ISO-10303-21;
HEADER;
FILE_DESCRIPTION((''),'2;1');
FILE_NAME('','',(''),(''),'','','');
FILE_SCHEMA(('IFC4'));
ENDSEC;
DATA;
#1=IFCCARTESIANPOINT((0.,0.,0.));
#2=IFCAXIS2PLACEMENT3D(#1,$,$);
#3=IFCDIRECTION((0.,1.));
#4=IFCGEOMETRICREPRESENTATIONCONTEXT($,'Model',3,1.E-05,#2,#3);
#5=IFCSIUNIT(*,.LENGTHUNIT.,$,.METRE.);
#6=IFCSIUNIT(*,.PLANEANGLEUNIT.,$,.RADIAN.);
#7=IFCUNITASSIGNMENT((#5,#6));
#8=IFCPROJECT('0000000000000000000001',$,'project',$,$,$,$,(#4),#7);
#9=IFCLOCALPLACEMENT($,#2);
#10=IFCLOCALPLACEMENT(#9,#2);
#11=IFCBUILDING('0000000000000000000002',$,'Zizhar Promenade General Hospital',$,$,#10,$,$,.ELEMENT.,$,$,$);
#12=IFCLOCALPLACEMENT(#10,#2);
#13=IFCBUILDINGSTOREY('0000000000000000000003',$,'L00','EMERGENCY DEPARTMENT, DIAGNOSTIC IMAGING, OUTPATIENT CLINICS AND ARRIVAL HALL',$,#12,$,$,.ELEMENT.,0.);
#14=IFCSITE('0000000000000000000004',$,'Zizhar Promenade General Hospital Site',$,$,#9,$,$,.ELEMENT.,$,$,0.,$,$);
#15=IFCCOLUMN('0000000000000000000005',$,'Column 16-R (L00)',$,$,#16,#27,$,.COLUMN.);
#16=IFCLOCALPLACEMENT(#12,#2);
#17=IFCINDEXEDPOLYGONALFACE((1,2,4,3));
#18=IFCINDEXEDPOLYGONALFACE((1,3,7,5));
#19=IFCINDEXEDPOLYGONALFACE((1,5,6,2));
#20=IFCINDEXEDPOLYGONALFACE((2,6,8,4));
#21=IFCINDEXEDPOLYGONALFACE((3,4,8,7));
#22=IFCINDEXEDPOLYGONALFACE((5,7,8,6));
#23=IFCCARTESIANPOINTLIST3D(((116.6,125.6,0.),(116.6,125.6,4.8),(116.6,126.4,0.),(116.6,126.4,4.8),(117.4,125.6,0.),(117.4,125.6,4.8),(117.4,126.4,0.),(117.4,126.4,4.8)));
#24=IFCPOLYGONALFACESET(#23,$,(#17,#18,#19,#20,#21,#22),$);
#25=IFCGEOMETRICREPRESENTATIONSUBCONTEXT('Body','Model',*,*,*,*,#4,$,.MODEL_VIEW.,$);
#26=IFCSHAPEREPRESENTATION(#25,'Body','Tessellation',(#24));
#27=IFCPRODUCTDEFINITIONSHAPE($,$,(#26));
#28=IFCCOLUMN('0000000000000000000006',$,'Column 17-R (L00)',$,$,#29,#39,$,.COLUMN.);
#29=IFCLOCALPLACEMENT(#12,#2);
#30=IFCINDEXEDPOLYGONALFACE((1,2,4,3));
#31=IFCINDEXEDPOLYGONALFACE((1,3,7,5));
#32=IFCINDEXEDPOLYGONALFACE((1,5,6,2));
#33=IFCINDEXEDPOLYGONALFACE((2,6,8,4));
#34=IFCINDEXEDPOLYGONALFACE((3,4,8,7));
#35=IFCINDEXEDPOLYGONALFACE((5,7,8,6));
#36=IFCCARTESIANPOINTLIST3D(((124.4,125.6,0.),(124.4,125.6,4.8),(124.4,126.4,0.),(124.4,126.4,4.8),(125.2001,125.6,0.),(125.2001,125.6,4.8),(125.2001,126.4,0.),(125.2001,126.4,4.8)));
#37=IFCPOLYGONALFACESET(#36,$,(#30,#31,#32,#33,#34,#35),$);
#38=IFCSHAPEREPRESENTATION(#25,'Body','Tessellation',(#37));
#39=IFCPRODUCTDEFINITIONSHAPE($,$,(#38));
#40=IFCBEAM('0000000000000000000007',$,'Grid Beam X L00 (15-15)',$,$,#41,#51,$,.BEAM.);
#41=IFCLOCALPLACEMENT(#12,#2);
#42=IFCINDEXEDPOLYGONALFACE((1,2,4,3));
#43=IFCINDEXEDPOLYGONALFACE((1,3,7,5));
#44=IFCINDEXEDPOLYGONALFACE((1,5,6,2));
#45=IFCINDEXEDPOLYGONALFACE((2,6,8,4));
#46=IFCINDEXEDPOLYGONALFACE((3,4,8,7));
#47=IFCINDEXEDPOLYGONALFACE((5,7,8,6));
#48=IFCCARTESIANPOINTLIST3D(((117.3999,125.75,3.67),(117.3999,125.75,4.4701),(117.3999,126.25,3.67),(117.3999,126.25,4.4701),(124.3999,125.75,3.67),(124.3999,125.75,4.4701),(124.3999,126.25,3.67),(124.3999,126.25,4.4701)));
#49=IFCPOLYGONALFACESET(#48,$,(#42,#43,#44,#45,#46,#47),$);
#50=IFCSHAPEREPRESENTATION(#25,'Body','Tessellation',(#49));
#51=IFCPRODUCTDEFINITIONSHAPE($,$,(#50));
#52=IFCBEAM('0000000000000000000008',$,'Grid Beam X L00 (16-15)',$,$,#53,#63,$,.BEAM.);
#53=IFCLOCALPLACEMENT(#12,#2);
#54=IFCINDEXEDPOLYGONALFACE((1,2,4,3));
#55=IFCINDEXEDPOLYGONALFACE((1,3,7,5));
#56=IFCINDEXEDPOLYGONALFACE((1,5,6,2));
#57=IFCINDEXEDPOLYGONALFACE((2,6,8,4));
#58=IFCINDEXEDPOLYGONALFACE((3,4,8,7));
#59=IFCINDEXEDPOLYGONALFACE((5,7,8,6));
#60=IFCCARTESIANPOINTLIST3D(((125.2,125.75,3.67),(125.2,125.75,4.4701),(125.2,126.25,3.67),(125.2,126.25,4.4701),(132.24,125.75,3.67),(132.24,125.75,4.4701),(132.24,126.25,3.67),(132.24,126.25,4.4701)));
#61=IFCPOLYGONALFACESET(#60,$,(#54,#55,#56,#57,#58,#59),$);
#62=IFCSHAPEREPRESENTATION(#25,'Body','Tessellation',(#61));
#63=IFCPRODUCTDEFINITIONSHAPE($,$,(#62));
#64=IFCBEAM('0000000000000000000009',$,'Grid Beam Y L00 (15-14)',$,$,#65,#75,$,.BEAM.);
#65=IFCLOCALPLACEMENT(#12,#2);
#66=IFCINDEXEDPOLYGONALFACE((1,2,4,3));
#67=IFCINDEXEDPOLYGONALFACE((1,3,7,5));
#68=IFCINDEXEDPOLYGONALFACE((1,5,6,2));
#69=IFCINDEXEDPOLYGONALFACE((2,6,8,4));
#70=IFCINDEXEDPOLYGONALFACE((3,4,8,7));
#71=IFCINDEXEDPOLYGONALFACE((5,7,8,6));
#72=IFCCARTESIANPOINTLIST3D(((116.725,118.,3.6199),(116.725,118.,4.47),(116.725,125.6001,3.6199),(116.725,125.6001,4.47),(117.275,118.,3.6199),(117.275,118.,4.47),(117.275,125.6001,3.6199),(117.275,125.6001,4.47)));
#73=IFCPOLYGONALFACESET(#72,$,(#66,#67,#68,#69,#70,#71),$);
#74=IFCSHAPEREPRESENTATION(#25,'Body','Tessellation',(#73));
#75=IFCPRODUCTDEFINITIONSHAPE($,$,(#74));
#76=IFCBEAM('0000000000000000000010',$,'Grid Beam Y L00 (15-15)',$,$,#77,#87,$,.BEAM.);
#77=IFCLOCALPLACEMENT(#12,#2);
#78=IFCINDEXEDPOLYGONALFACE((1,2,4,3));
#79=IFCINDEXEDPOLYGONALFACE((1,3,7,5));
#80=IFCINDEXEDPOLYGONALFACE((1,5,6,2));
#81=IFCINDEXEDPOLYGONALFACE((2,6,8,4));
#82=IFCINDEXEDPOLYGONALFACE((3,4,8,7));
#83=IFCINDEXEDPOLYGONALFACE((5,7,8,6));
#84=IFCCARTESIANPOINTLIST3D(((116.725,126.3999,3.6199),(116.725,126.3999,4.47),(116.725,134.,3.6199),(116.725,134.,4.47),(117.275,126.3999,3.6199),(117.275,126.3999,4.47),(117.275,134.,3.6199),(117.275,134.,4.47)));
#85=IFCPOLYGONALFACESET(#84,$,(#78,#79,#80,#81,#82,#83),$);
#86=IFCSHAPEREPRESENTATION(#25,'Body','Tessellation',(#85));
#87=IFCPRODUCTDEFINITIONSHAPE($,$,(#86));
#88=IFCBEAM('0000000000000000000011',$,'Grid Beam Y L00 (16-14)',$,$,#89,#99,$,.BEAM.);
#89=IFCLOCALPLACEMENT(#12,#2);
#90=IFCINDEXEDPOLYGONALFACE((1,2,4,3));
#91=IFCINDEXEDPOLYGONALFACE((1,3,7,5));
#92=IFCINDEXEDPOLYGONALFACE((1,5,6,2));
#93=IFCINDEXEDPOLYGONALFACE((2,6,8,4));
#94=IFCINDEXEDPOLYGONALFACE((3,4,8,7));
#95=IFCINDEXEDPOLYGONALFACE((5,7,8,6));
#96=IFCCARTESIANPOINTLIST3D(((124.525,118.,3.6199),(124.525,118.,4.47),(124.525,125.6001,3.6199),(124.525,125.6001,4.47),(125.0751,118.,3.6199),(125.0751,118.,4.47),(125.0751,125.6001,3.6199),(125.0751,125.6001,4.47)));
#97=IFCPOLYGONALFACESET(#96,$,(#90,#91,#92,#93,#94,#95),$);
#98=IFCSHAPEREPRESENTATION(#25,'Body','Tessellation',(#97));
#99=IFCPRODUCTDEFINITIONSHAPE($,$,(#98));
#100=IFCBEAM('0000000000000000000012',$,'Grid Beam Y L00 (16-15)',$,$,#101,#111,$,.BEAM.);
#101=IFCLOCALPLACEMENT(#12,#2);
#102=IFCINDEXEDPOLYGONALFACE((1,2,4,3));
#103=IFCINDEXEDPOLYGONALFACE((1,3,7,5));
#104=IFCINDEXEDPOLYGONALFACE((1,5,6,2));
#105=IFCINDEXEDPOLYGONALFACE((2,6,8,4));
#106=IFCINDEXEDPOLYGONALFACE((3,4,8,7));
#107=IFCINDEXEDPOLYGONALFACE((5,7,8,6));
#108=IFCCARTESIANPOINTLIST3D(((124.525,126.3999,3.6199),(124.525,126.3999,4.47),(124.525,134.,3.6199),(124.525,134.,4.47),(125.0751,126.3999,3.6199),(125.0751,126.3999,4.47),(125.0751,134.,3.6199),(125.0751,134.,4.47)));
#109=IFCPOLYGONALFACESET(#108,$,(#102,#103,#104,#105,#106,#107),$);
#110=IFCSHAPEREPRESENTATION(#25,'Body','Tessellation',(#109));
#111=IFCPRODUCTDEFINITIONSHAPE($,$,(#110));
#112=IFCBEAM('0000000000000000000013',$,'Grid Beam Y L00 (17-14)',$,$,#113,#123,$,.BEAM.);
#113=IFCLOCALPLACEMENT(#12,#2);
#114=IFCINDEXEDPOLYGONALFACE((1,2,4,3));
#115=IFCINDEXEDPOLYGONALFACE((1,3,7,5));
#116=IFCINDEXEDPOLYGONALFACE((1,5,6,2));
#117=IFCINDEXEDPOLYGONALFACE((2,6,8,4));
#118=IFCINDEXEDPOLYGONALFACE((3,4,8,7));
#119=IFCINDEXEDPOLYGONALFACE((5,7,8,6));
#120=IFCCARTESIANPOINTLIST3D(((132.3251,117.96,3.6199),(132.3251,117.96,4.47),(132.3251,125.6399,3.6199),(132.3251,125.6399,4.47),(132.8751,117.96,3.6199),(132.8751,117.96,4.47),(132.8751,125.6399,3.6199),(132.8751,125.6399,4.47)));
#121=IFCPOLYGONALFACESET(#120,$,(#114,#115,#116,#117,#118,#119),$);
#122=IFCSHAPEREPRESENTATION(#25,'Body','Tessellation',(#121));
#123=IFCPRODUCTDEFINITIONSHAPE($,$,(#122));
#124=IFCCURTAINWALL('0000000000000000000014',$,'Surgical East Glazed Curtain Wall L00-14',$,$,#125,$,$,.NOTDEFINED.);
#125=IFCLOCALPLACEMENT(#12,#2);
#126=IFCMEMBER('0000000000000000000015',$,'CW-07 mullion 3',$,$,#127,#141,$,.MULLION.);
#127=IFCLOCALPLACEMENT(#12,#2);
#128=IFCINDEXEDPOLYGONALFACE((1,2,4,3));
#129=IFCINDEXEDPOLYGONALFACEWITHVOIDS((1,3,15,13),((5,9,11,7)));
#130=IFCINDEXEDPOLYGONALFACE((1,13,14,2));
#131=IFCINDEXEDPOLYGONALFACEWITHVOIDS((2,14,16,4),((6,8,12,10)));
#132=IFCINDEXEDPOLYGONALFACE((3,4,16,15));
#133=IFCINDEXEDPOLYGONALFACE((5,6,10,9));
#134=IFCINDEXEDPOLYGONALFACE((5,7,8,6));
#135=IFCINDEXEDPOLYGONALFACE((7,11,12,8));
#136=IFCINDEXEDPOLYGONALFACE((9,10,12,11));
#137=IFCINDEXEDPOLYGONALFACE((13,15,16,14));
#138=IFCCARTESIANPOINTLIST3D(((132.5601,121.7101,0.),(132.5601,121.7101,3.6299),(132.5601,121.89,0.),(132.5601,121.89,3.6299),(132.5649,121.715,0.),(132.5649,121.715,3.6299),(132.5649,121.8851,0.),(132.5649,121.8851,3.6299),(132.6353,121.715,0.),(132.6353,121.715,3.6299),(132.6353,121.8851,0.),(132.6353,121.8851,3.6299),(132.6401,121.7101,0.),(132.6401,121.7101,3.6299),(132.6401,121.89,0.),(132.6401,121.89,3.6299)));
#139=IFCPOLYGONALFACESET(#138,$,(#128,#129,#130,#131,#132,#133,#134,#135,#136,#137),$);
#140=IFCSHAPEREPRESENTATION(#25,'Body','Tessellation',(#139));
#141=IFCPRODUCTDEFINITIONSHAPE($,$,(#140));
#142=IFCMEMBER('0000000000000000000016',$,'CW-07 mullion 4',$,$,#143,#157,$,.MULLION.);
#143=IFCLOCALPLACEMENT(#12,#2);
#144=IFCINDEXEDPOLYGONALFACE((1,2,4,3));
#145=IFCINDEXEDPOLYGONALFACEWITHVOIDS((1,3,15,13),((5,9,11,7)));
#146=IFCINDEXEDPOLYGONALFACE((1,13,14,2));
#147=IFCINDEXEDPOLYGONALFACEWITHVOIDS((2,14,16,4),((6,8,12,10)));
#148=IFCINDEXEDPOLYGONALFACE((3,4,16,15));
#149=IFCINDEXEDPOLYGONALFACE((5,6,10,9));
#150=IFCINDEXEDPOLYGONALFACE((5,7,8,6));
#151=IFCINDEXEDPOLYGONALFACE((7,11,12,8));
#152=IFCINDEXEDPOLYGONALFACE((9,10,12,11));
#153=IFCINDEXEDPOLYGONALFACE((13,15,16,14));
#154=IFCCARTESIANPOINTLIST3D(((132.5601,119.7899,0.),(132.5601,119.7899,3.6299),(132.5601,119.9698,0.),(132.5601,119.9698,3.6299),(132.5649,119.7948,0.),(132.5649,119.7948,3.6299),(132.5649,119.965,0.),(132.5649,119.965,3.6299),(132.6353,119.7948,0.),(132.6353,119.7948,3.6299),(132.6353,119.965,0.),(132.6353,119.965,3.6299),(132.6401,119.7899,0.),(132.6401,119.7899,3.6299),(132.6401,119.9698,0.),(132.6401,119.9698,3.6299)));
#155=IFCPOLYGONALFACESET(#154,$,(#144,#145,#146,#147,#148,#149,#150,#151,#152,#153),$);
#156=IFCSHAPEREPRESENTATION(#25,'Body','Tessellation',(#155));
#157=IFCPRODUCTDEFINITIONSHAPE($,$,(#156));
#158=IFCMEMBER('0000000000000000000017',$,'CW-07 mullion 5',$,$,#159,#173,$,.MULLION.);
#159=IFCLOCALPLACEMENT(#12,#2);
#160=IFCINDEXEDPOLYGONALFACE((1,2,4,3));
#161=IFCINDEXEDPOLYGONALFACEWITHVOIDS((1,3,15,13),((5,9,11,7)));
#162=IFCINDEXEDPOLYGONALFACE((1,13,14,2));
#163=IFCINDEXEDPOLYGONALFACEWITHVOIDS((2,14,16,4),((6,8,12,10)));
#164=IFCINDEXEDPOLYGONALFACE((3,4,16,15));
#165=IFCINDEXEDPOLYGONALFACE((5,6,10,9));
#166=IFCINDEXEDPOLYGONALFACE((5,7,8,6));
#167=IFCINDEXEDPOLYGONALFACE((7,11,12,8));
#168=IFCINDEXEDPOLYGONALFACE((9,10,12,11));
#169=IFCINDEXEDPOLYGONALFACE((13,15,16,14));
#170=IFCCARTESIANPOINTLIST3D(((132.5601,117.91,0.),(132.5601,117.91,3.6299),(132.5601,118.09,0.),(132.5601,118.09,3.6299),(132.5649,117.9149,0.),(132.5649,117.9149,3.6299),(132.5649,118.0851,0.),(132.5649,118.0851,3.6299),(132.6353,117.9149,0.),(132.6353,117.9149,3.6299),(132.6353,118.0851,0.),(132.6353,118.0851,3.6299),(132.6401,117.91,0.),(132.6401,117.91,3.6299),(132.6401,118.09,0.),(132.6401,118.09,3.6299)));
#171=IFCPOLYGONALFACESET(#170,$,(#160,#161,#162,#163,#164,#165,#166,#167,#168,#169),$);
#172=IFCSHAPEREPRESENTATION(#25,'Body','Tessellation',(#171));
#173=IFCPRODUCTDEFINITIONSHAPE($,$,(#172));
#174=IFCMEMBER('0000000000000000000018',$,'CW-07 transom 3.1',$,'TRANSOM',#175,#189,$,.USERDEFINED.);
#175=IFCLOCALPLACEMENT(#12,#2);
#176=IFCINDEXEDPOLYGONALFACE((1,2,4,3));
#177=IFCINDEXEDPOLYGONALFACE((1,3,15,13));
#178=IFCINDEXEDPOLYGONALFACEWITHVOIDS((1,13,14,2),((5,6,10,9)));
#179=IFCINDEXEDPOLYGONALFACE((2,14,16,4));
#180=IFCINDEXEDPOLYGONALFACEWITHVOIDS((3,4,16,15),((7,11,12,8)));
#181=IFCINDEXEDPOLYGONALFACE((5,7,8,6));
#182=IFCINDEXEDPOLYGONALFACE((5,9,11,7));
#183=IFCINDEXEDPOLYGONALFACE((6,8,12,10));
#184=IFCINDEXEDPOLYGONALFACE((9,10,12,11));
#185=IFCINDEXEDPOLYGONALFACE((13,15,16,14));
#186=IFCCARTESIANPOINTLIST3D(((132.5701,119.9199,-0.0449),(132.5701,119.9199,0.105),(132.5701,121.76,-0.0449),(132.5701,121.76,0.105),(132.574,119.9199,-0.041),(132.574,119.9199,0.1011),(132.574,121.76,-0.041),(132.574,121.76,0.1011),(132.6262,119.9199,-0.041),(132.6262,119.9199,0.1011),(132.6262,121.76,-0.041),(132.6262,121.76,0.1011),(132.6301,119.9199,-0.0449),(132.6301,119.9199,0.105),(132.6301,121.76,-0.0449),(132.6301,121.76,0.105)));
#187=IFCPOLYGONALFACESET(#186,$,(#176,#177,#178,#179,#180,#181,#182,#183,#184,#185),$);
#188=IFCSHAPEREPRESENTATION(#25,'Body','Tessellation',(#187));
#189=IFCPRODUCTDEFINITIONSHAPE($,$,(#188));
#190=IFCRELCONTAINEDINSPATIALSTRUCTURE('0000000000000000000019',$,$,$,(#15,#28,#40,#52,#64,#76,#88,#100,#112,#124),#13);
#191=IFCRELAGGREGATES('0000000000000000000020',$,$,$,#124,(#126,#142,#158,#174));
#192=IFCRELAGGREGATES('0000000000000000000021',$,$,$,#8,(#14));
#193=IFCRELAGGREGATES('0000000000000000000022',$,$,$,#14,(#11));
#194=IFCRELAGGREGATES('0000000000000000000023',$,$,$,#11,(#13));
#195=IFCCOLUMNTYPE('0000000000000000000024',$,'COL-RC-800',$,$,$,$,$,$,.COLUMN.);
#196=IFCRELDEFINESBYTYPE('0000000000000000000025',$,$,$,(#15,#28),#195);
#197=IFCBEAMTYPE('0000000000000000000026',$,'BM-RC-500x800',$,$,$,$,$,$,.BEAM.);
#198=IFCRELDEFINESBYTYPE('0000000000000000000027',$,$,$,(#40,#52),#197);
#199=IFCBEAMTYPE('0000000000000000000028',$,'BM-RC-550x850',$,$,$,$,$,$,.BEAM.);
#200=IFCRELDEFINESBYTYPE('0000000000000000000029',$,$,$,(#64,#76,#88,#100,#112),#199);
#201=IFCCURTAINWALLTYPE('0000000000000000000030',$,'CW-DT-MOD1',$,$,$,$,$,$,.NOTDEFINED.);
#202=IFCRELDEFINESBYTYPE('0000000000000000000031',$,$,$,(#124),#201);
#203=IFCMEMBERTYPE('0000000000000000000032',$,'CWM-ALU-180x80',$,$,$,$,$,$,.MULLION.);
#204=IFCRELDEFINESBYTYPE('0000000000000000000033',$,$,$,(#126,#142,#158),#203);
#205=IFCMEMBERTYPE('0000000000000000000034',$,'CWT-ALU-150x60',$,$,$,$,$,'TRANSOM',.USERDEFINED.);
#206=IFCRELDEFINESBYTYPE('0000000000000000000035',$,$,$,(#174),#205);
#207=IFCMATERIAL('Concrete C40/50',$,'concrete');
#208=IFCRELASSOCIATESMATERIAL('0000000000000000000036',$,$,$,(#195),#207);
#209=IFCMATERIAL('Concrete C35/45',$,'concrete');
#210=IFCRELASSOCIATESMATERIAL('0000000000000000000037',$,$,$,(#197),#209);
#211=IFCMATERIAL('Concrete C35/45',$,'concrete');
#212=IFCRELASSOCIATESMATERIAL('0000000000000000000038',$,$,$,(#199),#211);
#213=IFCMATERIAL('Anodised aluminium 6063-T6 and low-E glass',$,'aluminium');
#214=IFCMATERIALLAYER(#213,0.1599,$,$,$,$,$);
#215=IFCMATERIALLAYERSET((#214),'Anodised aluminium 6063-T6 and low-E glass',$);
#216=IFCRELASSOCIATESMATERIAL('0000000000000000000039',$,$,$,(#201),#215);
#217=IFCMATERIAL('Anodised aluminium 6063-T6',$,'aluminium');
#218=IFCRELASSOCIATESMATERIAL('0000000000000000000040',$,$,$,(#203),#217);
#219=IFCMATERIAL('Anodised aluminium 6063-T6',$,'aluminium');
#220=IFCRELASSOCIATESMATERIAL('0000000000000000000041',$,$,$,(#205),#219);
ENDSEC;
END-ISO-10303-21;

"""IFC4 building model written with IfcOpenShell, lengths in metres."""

from ifc_helpers import new_model, si_unit, direction, frame, origin, origin_2d, place, context, subcontext, project, spatial, rectangle, hollow_rectangle, extrude, material, layer, layer_set, material_profile, profile_set, type_object, element, aggregate, save


model = new_model("IFC4")

# Units and contexts
model_context = context("Model", 3, precision=1e-05, world=origin(), true_north=direction((0.0, 1.0)))
body_context = subcontext(model_context, "Body", "Model", "MODEL_VIEW")
ifc_project = project(units=[si_unit("LENGTHUNIT", "METRE"), si_unit("PLANEANGLEUNIT", "RADIAN")], contexts=[model_context])

# Site, building, storey
site_placement = place(None, origin())
site = spatial("IfcSite", under=ifc_project, at=site_placement, Name="Zizhar Promenade General Hospital Site", CompositionType="ELEMENT", RefElevation=0.0)
building_placement = place(site_placement, origin())
building = spatial("IfcBuilding", under=site, at=building_placement, Name="Zizhar Promenade General Hospital", CompositionType="ELEMENT")
storey_placement = place(building_placement, origin())
storey = spatial("IfcBuildingStorey", under=building, at=storey_placement, Name="L00", Description="EMERGENCY DEPARTMENT, DIAGNOSTIC IMAGING, OUTPATIENT CLINICS AND ARRIVAL HALL", CompositionType="ELEMENT", Elevation=0.0)

# Columns
ifc_material_1 = material(Name="Concrete C40/50", Category="concrete")
ifc_material_profile_1 = material_profile(ifc_material_1, rectangle(XDim=0.8, YDim=0.8, at=origin_2d()))
ifc_profile_set_1 = profile_set([ifc_material_profile_1], Name="Concrete C40/50")
column_type = type_object("IfcColumnType", Name="COL-RC-800", PredefinedType="COLUMN", material=ifc_profile_set_1)
for number, where, z_axis, x_axis, name in (
    (1, (117.0, 126.0, 0.0), (0.0, 0.0, 1.0), (1.0, 0.0, 0.0), "Column 16-R (L00)"),
    (2, (124.8, 126.0, 0.0), (0.0, 0.0, 1.0), (1.0, 0.0, 0.0), "Column 17-R (L00)"),
):
    element("IfcColumn", number, at=place(storey_placement, frame(where, z_axis=z_axis, x_axis=x_axis)), inside=storey, type_object=column_type, Name=name, PredefinedType="COLUMN", context=body_context, shape_type="SweptSolid", body=[
        extrude(rectangle(XDim=0.8, YDim=0.8, at=origin_2d()), origin(), (0.0, 0.0, 1.0), 4.8),
    ])

# Beams
ifc_material_2 = material(Name="Concrete C35/45", Category="concrete")
ifc_material_profile_2 = material_profile(ifc_material_2, rectangle(XDim=0.5, YDim=0.8, at=origin_2d()))
ifc_profile_set_2 = profile_set([ifc_material_profile_2], Name="Concrete C35/45")
beam_type_1 = type_object("IfcBeamType", Name="BM-RC-500x800", PredefinedType="BEAM", material=ifc_profile_set_2)
beam_1_placement = place(storey_placement, frame((117.3999, 126.0, 4.0701), z_axis=(1.0, 0.0, 0.0), x_axis=(0.0, 1.0, 0.0)))
element("IfcBeam", 3, at=beam_1_placement, inside=storey, type_object=beam_type_1, Name="Grid Beam X L00 (15-15)", PredefinedType="BEAM", context=body_context, shape_type="SweptSolid", body=[
    extrude(rectangle(XDim=0.5, YDim=0.8, at=origin_2d()), origin(), (0.0, 0.0, 1.0), 7.0),
])
beam_2_placement = place(storey_placement, frame((125.2, 126.0, 4.0701), z_axis=(1.0, 0.0, 0.0), x_axis=(0.0, 1.0, 0.0)))
element("IfcBeam", 4, at=beam_2_placement, inside=storey, type_object=beam_type_1, Name="Grid Beam X L00 (16-15)", PredefinedType="BEAM", context=body_context, shape_type="SweptSolid", body=[
    extrude(rectangle(XDim=0.5, YDim=0.8, at=origin_2d()), origin(), (0.0, 0.0, 1.0), 7.04),
])
ifc_material_3 = material(Name="Concrete C35/45", Category="concrete")
ifc_material_profile_3 = material_profile(ifc_material_3, rectangle(XDim=0.55, YDim=0.8501, at=origin_2d()))
ifc_profile_set_3 = profile_set([ifc_material_profile_3], Name="Concrete C35/45")
beam_type_2 = type_object("IfcBeamType", Name="BM-RC-550x850", PredefinedType="BEAM", material=ifc_profile_set_3)
for number, where, z_axis, x_axis, name in (
    (5, (117.0, 118.0, 4.0449), (0.0, 1.0, 0.0), (-1.0, 0.0, 0.0), "Grid Beam Y L00 (15-14)"),
    (6, (117.0, 126.3999, 4.0449), (0.0, 1.0, 0.0), (-1.0, 0.0, 0.0), "Grid Beam Y L00 (15-15)"),
    (7, (124.8, 118.0, 4.0449), (0.0, 1.0, 0.0), (-1.0, 0.0, 0.0), "Grid Beam Y L00 (16-14)"),
    (8, (124.8, 126.3999, 4.0449), (0.0, 1.0, 0.0), (-1.0, 0.0, 0.0), "Grid Beam Y L00 (16-15)"),
):
    element("IfcBeam", number, at=place(storey_placement, frame(where, z_axis=z_axis, x_axis=x_axis)), inside=storey, type_object=beam_type_2, Name=name, PredefinedType="BEAM", context=body_context, shape_type="SweptSolid", body=[
        extrude(rectangle(XDim=0.55, YDim=0.8501, at=origin_2d()), origin(), (0.0, 0.0, 1.0), 7.6001),
    ])
beam_3_placement = place(storey_placement, frame((132.6001, 117.96, 4.0449), z_axis=(0.0, 1.0, 0.0), x_axis=(-1.0, 0.0, 0.0)))
element("IfcBeam", 9, at=beam_3_placement, inside=storey, type_object=beam_type_2, Name="Grid Beam Y L00 (17-14)", PredefinedType="BEAM", context=body_context, shape_type="SweptSolid", body=[
    extrude(rectangle(XDim=0.55, YDim=0.8501, at=origin_2d()), origin(), (0.0, 0.0, 1.0), 7.6799),
])

# Curtain wall, members
ifc_material_4 = material(Name="Anodised aluminium 6063-T6 and low-E glass", Category="aluminium")
ifc_layer_1 = layer(ifc_material_4, 0.1599)
ifc_layer_set_1 = layer_set([ifc_layer_1], Name="Anodised aluminium 6063-T6 and low-E glass")
curtain_wall_type = type_object("IfcCurtainWallType", Name="CW-DT-MOD1", PredefinedType="NOTDEFINED", material=ifc_layer_set_1)
curtain_wall_placement = place(storey_placement, origin())
curtain_wall = element("IfcCurtainWall", 10, at=curtain_wall_placement, inside=storey, type_object=curtain_wall_type, Name="Surgical East Glazed Curtain Wall L00-14", PredefinedType="NOTDEFINED")
ifc_material_5 = material(Name="Anodised aluminium 6063-T6", Category="aluminium")
ifc_material_profile_4 = material_profile(ifc_material_5, hollow_rectangle(XDim=0.0801, YDim=0.1799, WallThickness=0.0049, at=origin_2d()))
ifc_profile_set_4 = profile_set([ifc_material_profile_4], Name="Anodised aluminium 6063-T6")
member_type_1 = type_object("IfcMemberType", Name="CWM-ALU-180x80", PredefinedType="MULLION", material=ifc_profile_set_4)
member_1_placement = place(storey_placement, frame((132.6001, 121.8, 0.0), z_axis=(0.0, 0.0, 1.0), x_axis=(1.0, 0.0, 0.0)))
member_1 = element("IfcMember", 11, at=member_1_placement, type_object=member_type_1, Name="CW-07 mullion 3", PredefinedType="MULLION", context=body_context, shape_type="SweptSolid", body=[
    extrude(hollow_rectangle(XDim=0.0801, YDim=0.1799, WallThickness=0.0049, at=origin_2d()), origin(), (0.0, 0.0, 1.0), 3.6299),
])
member_2_placement = place(storey_placement, frame((132.6001, 119.8799, 0.0), z_axis=(0.0, 0.0, 1.0), x_axis=(1.0, 0.0, 0.0)))
member_2 = element("IfcMember", 12, at=member_2_placement, type_object=member_type_1, Name="CW-07 mullion 4", PredefinedType="MULLION", context=body_context, shape_type="SweptSolid", body=[
    extrude(hollow_rectangle(XDim=0.0801, YDim=0.1799, WallThickness=0.0049, at=origin_2d()), origin(), (0.0, 0.0, 1.0), 3.6299),
])
member_3_placement = place(storey_placement, frame((132.6001, 118.0, 0.0), z_axis=(0.0, 0.0, 1.0), x_axis=(1.0, 0.0, 0.0)))
member_3 = element("IfcMember", 13, at=member_3_placement, type_object=member_type_1, Name="CW-07 mullion 5", PredefinedType="MULLION", context=body_context, shape_type="SweptSolid", body=[
    extrude(hollow_rectangle(XDim=0.0801, YDim=0.1799, WallThickness=0.0049, at=origin_2d()), origin(), (0.0, 0.0, 1.0), 3.6299),
])
ifc_material_6 = material(Name="Anodised aluminium 6063-T6", Category="aluminium")
ifc_material_profile_5 = material_profile(ifc_material_6, hollow_rectangle(XDim=0.0601, YDim=0.1499, WallThickness=0.0039, at=origin_2d()))
ifc_profile_set_5 = profile_set([ifc_material_profile_5], Name="Anodised aluminium 6063-T6")
member_type_2 = type_object("IfcMemberType", Name="CWT-ALU-150x60", ElementType="TRANSOM", PredefinedType="USERDEFINED", material=ifc_profile_set_5)
member_4_placement = place(storey_placement, frame((132.6001, 121.76, 0.03), z_axis=(0.0, -1.0, 0.0), x_axis=(1.0, 0.0, 0.0)))
member_4 = element("IfcMember", 14, at=member_4_placement, type_object=member_type_2, Name="CW-07 transom 3.1", ObjectType="TRANSOM", PredefinedType="USERDEFINED", context=body_context, shape_type="SweptSolid", body=[
    extrude(hollow_rectangle(XDim=0.0601, YDim=0.1499, WallThickness=0.0039, at=origin_2d()), origin(), (0.0, 0.0, 1.0), 1.8401),
])
aggregate(curtain_wall, [member_1, member_2, member_3, member_4])

save(model, "model.ifc")
